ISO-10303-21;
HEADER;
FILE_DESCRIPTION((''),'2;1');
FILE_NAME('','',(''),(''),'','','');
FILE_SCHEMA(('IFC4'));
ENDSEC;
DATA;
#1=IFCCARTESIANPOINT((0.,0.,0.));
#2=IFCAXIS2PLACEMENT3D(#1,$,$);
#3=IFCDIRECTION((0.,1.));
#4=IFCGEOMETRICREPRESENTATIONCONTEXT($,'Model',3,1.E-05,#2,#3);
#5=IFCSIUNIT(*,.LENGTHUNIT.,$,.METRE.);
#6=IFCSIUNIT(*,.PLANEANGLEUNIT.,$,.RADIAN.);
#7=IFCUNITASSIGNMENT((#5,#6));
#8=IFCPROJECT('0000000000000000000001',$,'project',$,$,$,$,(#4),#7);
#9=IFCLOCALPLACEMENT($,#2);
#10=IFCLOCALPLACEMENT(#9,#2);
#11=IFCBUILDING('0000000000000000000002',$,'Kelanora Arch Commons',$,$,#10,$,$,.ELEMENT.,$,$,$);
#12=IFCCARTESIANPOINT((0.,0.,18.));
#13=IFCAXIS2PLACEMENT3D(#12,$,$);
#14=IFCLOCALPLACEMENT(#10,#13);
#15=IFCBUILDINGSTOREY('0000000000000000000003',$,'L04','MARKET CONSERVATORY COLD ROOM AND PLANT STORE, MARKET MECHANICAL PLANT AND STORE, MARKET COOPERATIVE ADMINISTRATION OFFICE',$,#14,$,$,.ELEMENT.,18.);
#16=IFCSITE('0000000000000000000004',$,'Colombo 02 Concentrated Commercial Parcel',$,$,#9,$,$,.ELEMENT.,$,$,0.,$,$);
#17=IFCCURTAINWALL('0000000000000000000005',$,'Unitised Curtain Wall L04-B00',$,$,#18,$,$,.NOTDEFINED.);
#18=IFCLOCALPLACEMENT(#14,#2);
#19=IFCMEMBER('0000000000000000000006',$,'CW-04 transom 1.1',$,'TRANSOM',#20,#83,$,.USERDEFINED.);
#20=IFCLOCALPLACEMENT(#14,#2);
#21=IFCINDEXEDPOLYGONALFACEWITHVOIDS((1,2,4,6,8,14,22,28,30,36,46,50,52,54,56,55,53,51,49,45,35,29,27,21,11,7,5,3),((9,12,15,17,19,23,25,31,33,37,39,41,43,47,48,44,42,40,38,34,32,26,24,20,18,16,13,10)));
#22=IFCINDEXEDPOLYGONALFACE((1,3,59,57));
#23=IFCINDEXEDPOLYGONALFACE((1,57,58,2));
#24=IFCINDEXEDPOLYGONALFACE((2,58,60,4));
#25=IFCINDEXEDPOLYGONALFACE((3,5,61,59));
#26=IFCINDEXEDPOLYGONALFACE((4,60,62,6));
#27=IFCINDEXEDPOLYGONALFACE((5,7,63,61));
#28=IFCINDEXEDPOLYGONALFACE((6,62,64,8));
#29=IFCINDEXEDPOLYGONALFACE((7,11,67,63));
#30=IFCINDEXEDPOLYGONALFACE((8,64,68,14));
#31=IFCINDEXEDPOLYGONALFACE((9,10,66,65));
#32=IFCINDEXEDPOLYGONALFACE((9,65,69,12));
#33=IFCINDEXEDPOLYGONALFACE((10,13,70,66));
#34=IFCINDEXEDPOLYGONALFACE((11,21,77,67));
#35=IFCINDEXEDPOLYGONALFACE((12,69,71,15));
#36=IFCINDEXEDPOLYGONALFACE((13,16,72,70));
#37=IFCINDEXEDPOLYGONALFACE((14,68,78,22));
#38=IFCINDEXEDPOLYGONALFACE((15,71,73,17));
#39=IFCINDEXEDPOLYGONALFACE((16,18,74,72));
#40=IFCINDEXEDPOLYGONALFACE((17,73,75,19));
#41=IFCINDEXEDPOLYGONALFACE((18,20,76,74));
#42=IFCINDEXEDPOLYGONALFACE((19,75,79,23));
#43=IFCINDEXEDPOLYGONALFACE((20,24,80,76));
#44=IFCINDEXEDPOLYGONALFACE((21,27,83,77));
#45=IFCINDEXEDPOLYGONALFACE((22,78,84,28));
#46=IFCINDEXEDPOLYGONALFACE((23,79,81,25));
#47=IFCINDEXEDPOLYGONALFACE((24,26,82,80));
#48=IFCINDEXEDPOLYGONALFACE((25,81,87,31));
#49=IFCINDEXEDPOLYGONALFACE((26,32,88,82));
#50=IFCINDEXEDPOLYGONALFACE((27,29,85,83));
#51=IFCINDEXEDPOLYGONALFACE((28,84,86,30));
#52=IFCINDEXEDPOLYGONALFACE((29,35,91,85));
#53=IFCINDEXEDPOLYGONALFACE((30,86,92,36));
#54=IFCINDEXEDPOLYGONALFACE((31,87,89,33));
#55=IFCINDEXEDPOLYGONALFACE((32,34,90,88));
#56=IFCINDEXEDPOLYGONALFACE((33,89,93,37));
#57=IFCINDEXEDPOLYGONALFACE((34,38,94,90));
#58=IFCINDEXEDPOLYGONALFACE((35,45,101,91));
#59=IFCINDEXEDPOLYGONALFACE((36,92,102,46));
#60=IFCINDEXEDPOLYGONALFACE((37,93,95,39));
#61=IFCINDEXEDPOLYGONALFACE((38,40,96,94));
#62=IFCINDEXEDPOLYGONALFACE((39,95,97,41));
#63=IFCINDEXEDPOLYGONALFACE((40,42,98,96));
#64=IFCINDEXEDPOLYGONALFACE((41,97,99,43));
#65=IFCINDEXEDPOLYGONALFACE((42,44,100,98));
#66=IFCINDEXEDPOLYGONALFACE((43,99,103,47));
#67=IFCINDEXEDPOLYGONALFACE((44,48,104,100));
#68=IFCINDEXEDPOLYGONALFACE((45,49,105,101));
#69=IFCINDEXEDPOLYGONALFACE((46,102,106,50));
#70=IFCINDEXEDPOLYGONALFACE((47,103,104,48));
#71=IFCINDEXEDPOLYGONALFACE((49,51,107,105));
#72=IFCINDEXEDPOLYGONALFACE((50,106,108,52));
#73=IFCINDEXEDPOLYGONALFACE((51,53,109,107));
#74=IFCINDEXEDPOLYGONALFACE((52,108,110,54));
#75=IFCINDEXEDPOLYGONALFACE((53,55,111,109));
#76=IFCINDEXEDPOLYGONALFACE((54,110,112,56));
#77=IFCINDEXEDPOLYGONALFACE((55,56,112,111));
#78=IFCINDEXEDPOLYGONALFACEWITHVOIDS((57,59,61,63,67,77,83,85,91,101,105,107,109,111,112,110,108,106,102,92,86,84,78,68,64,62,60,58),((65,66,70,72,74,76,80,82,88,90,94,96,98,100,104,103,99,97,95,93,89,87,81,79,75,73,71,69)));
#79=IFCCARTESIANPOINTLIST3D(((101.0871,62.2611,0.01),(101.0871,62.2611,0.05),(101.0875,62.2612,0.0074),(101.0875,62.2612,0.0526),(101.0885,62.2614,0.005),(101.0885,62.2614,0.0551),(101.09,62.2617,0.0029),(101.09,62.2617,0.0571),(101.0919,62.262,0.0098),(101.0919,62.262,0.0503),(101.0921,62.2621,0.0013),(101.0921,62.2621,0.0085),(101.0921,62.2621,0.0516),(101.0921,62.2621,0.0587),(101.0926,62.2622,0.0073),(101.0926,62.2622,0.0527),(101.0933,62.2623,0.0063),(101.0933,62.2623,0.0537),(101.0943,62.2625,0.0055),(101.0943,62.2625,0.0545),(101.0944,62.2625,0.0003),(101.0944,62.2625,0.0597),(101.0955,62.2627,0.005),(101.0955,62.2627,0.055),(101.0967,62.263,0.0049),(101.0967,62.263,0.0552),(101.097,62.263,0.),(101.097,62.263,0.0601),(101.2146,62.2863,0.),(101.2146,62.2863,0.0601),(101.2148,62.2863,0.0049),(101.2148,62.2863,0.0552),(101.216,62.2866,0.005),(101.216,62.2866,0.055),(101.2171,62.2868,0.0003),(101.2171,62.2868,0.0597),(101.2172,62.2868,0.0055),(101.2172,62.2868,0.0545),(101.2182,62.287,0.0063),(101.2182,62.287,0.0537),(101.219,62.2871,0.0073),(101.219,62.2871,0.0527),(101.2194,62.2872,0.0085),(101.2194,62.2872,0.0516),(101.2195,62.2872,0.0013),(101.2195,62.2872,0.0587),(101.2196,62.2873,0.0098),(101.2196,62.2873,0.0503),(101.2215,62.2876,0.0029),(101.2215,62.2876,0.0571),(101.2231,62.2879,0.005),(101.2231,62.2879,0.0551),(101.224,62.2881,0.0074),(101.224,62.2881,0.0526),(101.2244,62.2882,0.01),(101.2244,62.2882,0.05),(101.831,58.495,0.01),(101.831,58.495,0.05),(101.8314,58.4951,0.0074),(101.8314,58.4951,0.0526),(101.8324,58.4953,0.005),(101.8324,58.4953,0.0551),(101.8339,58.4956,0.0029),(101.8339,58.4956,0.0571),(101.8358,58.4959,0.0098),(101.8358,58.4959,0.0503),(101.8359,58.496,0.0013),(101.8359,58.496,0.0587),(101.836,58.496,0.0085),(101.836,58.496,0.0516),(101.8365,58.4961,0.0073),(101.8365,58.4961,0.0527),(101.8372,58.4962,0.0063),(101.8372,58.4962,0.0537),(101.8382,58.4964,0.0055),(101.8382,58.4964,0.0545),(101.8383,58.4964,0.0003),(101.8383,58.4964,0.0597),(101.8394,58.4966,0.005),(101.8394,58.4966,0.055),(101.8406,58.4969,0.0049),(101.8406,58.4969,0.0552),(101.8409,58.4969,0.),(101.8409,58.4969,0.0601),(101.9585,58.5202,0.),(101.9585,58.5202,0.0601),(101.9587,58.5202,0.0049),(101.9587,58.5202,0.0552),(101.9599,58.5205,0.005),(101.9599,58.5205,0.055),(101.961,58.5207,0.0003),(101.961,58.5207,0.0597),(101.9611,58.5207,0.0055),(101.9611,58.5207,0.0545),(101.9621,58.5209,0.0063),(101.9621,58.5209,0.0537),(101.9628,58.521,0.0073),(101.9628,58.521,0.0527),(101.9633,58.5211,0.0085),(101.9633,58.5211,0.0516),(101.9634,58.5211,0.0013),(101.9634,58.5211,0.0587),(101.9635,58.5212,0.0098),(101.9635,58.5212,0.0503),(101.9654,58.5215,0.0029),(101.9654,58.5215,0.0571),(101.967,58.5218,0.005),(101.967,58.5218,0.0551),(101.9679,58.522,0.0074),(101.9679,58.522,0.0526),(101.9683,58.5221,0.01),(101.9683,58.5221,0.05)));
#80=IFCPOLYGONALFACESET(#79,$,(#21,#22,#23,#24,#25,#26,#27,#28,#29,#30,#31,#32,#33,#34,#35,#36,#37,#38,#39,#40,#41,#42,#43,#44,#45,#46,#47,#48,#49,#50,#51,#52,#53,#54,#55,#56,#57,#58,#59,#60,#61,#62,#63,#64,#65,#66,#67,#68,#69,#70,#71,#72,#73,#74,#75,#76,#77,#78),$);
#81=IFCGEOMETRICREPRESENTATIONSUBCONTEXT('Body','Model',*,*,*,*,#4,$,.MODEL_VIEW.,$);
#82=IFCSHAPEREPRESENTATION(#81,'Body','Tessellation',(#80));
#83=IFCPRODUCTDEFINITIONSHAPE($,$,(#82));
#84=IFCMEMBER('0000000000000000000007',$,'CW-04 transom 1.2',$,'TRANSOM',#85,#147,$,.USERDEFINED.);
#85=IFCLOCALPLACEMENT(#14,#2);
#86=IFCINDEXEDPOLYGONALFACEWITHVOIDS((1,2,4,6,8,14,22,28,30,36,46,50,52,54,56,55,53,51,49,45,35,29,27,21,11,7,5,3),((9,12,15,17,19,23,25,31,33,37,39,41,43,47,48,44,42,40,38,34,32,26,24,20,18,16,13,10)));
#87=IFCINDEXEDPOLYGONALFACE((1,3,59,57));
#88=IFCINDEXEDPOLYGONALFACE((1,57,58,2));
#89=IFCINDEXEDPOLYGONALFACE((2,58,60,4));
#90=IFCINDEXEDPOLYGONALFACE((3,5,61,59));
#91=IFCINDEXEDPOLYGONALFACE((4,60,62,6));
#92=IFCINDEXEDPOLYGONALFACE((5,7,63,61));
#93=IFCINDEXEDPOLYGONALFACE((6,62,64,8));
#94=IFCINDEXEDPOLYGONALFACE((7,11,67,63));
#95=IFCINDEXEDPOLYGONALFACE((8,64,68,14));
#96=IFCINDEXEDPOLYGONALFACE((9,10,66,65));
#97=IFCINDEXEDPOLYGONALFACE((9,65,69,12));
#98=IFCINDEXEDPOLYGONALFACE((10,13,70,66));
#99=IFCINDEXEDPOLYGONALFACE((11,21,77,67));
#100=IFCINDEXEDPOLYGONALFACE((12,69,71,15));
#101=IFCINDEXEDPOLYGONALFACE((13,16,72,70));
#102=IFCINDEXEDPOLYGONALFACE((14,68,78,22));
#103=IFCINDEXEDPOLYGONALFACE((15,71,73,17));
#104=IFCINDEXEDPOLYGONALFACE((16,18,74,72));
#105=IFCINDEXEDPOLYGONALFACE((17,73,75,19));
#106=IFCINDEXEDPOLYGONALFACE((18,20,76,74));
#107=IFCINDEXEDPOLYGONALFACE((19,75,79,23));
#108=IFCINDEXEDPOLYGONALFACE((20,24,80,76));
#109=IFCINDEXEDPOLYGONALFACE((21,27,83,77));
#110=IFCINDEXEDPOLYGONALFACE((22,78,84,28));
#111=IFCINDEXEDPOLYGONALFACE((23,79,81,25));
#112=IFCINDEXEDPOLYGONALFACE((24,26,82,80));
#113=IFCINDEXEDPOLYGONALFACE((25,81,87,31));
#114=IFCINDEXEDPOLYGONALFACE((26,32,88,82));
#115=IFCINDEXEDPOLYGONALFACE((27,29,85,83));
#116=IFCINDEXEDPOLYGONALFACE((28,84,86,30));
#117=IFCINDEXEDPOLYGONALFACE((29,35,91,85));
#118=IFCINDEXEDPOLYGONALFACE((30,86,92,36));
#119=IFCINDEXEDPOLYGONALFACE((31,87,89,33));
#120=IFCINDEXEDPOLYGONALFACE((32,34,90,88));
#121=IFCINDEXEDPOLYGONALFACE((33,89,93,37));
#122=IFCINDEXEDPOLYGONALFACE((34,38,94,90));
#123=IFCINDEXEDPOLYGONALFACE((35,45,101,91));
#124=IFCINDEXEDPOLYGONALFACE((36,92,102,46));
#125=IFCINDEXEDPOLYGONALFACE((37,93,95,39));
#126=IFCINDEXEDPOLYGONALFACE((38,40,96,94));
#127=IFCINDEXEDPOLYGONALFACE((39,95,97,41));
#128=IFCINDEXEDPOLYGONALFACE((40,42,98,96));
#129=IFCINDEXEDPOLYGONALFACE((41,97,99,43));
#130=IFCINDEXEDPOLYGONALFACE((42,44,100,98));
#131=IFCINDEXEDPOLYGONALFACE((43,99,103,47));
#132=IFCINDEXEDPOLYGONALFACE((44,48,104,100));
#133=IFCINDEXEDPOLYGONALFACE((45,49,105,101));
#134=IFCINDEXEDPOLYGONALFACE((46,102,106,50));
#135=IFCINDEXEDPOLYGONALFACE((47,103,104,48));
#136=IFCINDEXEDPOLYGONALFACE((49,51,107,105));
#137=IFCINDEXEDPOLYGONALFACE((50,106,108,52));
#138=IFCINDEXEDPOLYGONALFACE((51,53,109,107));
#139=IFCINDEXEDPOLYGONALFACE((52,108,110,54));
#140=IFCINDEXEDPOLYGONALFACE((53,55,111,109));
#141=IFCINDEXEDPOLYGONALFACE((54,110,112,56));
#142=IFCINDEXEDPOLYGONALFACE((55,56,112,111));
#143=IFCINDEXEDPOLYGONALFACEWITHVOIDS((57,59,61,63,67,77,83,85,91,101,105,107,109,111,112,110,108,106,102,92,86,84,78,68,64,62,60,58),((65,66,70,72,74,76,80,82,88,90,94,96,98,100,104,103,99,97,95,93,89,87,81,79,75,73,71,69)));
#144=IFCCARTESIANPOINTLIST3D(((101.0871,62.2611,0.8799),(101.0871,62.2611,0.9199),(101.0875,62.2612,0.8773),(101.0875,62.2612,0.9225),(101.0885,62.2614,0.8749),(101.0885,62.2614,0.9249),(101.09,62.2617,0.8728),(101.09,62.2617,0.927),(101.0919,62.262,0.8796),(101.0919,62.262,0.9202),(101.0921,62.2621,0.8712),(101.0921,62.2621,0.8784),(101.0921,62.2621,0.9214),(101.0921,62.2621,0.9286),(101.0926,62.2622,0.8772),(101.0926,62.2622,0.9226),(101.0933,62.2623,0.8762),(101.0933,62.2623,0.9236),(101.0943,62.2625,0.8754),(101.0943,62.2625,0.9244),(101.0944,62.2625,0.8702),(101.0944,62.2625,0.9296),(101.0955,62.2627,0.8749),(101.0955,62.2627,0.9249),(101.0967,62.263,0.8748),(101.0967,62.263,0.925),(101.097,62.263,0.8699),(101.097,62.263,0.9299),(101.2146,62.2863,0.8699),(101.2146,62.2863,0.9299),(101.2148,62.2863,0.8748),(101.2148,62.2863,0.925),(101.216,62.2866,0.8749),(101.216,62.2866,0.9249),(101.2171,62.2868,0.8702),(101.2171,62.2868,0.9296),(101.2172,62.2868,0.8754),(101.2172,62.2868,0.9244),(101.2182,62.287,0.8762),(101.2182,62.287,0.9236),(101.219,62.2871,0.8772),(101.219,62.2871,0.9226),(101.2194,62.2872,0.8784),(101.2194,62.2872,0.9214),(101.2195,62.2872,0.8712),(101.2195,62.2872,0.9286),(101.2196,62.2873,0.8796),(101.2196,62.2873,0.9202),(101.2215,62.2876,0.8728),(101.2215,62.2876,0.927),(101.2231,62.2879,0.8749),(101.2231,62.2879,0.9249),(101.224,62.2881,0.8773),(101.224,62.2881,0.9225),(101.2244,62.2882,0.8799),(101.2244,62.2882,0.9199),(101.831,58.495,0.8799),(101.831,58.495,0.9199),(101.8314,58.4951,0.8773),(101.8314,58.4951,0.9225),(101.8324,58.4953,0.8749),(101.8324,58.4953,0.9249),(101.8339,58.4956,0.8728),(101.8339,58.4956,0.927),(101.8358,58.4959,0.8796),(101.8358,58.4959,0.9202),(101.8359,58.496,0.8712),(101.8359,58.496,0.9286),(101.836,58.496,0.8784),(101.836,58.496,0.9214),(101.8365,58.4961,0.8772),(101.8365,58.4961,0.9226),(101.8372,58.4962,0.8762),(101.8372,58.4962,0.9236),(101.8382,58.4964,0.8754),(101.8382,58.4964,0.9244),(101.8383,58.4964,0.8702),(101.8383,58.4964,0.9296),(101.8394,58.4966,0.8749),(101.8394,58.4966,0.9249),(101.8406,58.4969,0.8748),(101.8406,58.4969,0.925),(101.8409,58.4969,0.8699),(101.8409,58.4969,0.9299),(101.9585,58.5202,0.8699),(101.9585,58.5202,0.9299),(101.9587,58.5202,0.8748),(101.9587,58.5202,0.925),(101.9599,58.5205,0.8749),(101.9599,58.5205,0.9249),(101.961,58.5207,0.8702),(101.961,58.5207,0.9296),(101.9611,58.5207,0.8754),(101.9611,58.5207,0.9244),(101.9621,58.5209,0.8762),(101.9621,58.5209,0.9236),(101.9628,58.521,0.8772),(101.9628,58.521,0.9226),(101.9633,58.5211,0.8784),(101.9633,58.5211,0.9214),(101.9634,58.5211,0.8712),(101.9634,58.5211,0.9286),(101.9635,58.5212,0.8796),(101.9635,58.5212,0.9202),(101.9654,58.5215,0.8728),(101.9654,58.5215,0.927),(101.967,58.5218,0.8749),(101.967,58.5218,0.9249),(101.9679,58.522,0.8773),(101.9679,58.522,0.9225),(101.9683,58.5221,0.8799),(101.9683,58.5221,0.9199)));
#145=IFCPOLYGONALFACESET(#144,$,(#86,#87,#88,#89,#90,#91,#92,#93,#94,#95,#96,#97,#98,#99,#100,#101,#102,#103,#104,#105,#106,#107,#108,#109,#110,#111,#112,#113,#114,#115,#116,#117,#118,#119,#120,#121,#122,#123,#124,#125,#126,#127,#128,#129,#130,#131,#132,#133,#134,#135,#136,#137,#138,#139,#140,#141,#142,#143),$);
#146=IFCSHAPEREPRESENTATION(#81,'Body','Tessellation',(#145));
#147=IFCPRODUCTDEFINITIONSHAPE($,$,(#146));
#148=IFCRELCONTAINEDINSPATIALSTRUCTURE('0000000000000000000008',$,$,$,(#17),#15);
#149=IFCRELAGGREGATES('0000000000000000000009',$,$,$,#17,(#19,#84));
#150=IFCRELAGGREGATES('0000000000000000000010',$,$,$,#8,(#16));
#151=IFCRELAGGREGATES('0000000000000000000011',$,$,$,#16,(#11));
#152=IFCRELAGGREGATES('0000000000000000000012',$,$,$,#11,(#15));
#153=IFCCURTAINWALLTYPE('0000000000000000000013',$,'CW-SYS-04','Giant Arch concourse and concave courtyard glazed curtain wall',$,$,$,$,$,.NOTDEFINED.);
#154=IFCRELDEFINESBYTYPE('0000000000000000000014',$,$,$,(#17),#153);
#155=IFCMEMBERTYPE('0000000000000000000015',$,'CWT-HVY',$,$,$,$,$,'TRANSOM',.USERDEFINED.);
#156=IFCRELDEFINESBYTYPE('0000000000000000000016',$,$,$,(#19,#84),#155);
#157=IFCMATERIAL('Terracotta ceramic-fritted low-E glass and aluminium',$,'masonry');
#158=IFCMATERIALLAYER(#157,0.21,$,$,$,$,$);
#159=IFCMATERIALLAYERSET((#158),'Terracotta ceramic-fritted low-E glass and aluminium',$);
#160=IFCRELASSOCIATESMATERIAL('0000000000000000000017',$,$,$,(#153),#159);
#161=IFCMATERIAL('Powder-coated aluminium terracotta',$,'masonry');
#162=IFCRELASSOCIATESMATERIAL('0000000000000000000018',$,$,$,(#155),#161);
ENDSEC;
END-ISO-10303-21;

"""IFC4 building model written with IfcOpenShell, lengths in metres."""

from ifc_helpers import new_model, si_unit, direction, frame, origin, origin_2d, place, context, subcontext, project, spatial, hollow_rectangle, extrude, material, layer, layer_set, material_profile, profile_set, type_object, element, aggregate, save


model = new_model("IFC4")

# Units and contexts
model_context = context("Model", 3, precision=1e-05, world=origin(), true_north=direction((0.0, 1.0)))
body_context = subcontext(model_context, "Body", "Model", "MODEL_VIEW")
ifc_project = project(units=[si_unit("LENGTHUNIT", "METRE"), si_unit("PLANEANGLEUNIT", "RADIAN")], contexts=[model_context])

# Site, building, storey
site_placement = place(None, origin())
site = spatial("IfcSite", under=ifc_project, at=site_placement, Name="Colombo 02 Concentrated Commercial Parcel", CompositionType="ELEMENT", RefElevation=0.0)
building_placement = place(site_placement, origin())
building = spatial("IfcBuilding", under=site, at=building_placement, Name="Kelanora Arch Commons", CompositionType="ELEMENT")
storey_placement = place(building_placement, frame((0.0, 0.0, 18.0)))
storey = spatial("IfcBuildingStorey", under=building, at=storey_placement, Name="L04", Description="MARKET CONSERVATORY COLD ROOM AND PLANT STORE, MARKET MECHANICAL PLANT AND STORE, MARKET COOPERATIVE ADMINISTRATION OFFICE", CompositionType="ELEMENT", Elevation=18.0)

# Curtain wall, members
ifc_material_1 = material(Name="Terracotta ceramic-fritted low-E glass and aluminium", Category="masonry")
ifc_layer_1 = layer(ifc_material_1, 0.21)
ifc_layer_set_1 = layer_set([ifc_layer_1], Name="Terracotta ceramic-fritted low-E glass and aluminium")
curtain_wall_type = type_object("IfcCurtainWallType", Name="CW-SYS-04", Description="Giant Arch concourse and concave courtyard glazed curtain wall", PredefinedType="NOTDEFINED", material=ifc_layer_set_1)
curtain_wall_placement = place(storey_placement, origin())
curtain_wall = element("IfcCurtainWall", 1, at=curtain_wall_placement, inside=storey, type_object=curtain_wall_type, Name="Unitised Curtain Wall L04-B00", PredefinedType="NOTDEFINED")
ifc_material_2 = material(Name="Powder-coated aluminium terracotta", Category="masonry")
ifc_material_profile_1 = material_profile(ifc_material_2, hollow_rectangle(XDim=0.1399, YDim=0.0601, WallThickness=0.0049, InnerFilletRadius=0.0049, OuterFilletRadius=0.01, at=origin_2d()), Name="CWT140x60")
ifc_profile_set_1 = profile_set([ifc_material_profile_1], Name="Powder-coated aluminium terracotta")
member_type_1 = type_object("IfcMemberType", Name="CWT-HVY", ElementType="TRANSOM", PredefinedType="USERDEFINED", material=ifc_profile_set_1)
member_1_placement = place(storey_placement, frame((101.8997, 58.5085, 0.03), z_axis=(-0.19378, 0.981045, 0.0), x_axis=(-0.981045, -0.19378, 0.0)))
member_1 = element("IfcMember", 2, at=member_1_placement, type_object=member_type_1, Name="CW-04 transom 1.1", ObjectType="TRANSOM", PredefinedType="USERDEFINED", context=body_context, shape_type="SweptSolid", body=[
    extrude(hollow_rectangle(XDim=0.1399, YDim=0.0601, WallThickness=0.0049, InnerFilletRadius=0.0049, OuterFilletRadius=0.01, at=origin_2d()), origin(), (0.0, 0.0, 1.0), 3.8389),
])
member_2_placement = place(storey_placement, frame((101.8997, 58.5085, 0.8999), z_axis=(-0.19378, 0.981045, 0.0), x_axis=(-0.981045, -0.19378, 0.0)))
member_2 = element("IfcMember", 3, at=member_2_placement, type_object=member_type_1, Name="CW-04 transom 1.2", ObjectType="TRANSOM", PredefinedType="USERDEFINED", context=body_context, shape_type="SweptSolid", body=[
    extrude(hollow_rectangle(XDim=0.1399, YDim=0.0601, WallThickness=0.0049, InnerFilletRadius=0.0049, OuterFilletRadius=0.01, at=origin_2d()), origin(), (0.0, 0.0, 1.0), 3.8389),
])
aggregate(curtain_wall, [member_1, member_2])

save(model, "model.ifc")
